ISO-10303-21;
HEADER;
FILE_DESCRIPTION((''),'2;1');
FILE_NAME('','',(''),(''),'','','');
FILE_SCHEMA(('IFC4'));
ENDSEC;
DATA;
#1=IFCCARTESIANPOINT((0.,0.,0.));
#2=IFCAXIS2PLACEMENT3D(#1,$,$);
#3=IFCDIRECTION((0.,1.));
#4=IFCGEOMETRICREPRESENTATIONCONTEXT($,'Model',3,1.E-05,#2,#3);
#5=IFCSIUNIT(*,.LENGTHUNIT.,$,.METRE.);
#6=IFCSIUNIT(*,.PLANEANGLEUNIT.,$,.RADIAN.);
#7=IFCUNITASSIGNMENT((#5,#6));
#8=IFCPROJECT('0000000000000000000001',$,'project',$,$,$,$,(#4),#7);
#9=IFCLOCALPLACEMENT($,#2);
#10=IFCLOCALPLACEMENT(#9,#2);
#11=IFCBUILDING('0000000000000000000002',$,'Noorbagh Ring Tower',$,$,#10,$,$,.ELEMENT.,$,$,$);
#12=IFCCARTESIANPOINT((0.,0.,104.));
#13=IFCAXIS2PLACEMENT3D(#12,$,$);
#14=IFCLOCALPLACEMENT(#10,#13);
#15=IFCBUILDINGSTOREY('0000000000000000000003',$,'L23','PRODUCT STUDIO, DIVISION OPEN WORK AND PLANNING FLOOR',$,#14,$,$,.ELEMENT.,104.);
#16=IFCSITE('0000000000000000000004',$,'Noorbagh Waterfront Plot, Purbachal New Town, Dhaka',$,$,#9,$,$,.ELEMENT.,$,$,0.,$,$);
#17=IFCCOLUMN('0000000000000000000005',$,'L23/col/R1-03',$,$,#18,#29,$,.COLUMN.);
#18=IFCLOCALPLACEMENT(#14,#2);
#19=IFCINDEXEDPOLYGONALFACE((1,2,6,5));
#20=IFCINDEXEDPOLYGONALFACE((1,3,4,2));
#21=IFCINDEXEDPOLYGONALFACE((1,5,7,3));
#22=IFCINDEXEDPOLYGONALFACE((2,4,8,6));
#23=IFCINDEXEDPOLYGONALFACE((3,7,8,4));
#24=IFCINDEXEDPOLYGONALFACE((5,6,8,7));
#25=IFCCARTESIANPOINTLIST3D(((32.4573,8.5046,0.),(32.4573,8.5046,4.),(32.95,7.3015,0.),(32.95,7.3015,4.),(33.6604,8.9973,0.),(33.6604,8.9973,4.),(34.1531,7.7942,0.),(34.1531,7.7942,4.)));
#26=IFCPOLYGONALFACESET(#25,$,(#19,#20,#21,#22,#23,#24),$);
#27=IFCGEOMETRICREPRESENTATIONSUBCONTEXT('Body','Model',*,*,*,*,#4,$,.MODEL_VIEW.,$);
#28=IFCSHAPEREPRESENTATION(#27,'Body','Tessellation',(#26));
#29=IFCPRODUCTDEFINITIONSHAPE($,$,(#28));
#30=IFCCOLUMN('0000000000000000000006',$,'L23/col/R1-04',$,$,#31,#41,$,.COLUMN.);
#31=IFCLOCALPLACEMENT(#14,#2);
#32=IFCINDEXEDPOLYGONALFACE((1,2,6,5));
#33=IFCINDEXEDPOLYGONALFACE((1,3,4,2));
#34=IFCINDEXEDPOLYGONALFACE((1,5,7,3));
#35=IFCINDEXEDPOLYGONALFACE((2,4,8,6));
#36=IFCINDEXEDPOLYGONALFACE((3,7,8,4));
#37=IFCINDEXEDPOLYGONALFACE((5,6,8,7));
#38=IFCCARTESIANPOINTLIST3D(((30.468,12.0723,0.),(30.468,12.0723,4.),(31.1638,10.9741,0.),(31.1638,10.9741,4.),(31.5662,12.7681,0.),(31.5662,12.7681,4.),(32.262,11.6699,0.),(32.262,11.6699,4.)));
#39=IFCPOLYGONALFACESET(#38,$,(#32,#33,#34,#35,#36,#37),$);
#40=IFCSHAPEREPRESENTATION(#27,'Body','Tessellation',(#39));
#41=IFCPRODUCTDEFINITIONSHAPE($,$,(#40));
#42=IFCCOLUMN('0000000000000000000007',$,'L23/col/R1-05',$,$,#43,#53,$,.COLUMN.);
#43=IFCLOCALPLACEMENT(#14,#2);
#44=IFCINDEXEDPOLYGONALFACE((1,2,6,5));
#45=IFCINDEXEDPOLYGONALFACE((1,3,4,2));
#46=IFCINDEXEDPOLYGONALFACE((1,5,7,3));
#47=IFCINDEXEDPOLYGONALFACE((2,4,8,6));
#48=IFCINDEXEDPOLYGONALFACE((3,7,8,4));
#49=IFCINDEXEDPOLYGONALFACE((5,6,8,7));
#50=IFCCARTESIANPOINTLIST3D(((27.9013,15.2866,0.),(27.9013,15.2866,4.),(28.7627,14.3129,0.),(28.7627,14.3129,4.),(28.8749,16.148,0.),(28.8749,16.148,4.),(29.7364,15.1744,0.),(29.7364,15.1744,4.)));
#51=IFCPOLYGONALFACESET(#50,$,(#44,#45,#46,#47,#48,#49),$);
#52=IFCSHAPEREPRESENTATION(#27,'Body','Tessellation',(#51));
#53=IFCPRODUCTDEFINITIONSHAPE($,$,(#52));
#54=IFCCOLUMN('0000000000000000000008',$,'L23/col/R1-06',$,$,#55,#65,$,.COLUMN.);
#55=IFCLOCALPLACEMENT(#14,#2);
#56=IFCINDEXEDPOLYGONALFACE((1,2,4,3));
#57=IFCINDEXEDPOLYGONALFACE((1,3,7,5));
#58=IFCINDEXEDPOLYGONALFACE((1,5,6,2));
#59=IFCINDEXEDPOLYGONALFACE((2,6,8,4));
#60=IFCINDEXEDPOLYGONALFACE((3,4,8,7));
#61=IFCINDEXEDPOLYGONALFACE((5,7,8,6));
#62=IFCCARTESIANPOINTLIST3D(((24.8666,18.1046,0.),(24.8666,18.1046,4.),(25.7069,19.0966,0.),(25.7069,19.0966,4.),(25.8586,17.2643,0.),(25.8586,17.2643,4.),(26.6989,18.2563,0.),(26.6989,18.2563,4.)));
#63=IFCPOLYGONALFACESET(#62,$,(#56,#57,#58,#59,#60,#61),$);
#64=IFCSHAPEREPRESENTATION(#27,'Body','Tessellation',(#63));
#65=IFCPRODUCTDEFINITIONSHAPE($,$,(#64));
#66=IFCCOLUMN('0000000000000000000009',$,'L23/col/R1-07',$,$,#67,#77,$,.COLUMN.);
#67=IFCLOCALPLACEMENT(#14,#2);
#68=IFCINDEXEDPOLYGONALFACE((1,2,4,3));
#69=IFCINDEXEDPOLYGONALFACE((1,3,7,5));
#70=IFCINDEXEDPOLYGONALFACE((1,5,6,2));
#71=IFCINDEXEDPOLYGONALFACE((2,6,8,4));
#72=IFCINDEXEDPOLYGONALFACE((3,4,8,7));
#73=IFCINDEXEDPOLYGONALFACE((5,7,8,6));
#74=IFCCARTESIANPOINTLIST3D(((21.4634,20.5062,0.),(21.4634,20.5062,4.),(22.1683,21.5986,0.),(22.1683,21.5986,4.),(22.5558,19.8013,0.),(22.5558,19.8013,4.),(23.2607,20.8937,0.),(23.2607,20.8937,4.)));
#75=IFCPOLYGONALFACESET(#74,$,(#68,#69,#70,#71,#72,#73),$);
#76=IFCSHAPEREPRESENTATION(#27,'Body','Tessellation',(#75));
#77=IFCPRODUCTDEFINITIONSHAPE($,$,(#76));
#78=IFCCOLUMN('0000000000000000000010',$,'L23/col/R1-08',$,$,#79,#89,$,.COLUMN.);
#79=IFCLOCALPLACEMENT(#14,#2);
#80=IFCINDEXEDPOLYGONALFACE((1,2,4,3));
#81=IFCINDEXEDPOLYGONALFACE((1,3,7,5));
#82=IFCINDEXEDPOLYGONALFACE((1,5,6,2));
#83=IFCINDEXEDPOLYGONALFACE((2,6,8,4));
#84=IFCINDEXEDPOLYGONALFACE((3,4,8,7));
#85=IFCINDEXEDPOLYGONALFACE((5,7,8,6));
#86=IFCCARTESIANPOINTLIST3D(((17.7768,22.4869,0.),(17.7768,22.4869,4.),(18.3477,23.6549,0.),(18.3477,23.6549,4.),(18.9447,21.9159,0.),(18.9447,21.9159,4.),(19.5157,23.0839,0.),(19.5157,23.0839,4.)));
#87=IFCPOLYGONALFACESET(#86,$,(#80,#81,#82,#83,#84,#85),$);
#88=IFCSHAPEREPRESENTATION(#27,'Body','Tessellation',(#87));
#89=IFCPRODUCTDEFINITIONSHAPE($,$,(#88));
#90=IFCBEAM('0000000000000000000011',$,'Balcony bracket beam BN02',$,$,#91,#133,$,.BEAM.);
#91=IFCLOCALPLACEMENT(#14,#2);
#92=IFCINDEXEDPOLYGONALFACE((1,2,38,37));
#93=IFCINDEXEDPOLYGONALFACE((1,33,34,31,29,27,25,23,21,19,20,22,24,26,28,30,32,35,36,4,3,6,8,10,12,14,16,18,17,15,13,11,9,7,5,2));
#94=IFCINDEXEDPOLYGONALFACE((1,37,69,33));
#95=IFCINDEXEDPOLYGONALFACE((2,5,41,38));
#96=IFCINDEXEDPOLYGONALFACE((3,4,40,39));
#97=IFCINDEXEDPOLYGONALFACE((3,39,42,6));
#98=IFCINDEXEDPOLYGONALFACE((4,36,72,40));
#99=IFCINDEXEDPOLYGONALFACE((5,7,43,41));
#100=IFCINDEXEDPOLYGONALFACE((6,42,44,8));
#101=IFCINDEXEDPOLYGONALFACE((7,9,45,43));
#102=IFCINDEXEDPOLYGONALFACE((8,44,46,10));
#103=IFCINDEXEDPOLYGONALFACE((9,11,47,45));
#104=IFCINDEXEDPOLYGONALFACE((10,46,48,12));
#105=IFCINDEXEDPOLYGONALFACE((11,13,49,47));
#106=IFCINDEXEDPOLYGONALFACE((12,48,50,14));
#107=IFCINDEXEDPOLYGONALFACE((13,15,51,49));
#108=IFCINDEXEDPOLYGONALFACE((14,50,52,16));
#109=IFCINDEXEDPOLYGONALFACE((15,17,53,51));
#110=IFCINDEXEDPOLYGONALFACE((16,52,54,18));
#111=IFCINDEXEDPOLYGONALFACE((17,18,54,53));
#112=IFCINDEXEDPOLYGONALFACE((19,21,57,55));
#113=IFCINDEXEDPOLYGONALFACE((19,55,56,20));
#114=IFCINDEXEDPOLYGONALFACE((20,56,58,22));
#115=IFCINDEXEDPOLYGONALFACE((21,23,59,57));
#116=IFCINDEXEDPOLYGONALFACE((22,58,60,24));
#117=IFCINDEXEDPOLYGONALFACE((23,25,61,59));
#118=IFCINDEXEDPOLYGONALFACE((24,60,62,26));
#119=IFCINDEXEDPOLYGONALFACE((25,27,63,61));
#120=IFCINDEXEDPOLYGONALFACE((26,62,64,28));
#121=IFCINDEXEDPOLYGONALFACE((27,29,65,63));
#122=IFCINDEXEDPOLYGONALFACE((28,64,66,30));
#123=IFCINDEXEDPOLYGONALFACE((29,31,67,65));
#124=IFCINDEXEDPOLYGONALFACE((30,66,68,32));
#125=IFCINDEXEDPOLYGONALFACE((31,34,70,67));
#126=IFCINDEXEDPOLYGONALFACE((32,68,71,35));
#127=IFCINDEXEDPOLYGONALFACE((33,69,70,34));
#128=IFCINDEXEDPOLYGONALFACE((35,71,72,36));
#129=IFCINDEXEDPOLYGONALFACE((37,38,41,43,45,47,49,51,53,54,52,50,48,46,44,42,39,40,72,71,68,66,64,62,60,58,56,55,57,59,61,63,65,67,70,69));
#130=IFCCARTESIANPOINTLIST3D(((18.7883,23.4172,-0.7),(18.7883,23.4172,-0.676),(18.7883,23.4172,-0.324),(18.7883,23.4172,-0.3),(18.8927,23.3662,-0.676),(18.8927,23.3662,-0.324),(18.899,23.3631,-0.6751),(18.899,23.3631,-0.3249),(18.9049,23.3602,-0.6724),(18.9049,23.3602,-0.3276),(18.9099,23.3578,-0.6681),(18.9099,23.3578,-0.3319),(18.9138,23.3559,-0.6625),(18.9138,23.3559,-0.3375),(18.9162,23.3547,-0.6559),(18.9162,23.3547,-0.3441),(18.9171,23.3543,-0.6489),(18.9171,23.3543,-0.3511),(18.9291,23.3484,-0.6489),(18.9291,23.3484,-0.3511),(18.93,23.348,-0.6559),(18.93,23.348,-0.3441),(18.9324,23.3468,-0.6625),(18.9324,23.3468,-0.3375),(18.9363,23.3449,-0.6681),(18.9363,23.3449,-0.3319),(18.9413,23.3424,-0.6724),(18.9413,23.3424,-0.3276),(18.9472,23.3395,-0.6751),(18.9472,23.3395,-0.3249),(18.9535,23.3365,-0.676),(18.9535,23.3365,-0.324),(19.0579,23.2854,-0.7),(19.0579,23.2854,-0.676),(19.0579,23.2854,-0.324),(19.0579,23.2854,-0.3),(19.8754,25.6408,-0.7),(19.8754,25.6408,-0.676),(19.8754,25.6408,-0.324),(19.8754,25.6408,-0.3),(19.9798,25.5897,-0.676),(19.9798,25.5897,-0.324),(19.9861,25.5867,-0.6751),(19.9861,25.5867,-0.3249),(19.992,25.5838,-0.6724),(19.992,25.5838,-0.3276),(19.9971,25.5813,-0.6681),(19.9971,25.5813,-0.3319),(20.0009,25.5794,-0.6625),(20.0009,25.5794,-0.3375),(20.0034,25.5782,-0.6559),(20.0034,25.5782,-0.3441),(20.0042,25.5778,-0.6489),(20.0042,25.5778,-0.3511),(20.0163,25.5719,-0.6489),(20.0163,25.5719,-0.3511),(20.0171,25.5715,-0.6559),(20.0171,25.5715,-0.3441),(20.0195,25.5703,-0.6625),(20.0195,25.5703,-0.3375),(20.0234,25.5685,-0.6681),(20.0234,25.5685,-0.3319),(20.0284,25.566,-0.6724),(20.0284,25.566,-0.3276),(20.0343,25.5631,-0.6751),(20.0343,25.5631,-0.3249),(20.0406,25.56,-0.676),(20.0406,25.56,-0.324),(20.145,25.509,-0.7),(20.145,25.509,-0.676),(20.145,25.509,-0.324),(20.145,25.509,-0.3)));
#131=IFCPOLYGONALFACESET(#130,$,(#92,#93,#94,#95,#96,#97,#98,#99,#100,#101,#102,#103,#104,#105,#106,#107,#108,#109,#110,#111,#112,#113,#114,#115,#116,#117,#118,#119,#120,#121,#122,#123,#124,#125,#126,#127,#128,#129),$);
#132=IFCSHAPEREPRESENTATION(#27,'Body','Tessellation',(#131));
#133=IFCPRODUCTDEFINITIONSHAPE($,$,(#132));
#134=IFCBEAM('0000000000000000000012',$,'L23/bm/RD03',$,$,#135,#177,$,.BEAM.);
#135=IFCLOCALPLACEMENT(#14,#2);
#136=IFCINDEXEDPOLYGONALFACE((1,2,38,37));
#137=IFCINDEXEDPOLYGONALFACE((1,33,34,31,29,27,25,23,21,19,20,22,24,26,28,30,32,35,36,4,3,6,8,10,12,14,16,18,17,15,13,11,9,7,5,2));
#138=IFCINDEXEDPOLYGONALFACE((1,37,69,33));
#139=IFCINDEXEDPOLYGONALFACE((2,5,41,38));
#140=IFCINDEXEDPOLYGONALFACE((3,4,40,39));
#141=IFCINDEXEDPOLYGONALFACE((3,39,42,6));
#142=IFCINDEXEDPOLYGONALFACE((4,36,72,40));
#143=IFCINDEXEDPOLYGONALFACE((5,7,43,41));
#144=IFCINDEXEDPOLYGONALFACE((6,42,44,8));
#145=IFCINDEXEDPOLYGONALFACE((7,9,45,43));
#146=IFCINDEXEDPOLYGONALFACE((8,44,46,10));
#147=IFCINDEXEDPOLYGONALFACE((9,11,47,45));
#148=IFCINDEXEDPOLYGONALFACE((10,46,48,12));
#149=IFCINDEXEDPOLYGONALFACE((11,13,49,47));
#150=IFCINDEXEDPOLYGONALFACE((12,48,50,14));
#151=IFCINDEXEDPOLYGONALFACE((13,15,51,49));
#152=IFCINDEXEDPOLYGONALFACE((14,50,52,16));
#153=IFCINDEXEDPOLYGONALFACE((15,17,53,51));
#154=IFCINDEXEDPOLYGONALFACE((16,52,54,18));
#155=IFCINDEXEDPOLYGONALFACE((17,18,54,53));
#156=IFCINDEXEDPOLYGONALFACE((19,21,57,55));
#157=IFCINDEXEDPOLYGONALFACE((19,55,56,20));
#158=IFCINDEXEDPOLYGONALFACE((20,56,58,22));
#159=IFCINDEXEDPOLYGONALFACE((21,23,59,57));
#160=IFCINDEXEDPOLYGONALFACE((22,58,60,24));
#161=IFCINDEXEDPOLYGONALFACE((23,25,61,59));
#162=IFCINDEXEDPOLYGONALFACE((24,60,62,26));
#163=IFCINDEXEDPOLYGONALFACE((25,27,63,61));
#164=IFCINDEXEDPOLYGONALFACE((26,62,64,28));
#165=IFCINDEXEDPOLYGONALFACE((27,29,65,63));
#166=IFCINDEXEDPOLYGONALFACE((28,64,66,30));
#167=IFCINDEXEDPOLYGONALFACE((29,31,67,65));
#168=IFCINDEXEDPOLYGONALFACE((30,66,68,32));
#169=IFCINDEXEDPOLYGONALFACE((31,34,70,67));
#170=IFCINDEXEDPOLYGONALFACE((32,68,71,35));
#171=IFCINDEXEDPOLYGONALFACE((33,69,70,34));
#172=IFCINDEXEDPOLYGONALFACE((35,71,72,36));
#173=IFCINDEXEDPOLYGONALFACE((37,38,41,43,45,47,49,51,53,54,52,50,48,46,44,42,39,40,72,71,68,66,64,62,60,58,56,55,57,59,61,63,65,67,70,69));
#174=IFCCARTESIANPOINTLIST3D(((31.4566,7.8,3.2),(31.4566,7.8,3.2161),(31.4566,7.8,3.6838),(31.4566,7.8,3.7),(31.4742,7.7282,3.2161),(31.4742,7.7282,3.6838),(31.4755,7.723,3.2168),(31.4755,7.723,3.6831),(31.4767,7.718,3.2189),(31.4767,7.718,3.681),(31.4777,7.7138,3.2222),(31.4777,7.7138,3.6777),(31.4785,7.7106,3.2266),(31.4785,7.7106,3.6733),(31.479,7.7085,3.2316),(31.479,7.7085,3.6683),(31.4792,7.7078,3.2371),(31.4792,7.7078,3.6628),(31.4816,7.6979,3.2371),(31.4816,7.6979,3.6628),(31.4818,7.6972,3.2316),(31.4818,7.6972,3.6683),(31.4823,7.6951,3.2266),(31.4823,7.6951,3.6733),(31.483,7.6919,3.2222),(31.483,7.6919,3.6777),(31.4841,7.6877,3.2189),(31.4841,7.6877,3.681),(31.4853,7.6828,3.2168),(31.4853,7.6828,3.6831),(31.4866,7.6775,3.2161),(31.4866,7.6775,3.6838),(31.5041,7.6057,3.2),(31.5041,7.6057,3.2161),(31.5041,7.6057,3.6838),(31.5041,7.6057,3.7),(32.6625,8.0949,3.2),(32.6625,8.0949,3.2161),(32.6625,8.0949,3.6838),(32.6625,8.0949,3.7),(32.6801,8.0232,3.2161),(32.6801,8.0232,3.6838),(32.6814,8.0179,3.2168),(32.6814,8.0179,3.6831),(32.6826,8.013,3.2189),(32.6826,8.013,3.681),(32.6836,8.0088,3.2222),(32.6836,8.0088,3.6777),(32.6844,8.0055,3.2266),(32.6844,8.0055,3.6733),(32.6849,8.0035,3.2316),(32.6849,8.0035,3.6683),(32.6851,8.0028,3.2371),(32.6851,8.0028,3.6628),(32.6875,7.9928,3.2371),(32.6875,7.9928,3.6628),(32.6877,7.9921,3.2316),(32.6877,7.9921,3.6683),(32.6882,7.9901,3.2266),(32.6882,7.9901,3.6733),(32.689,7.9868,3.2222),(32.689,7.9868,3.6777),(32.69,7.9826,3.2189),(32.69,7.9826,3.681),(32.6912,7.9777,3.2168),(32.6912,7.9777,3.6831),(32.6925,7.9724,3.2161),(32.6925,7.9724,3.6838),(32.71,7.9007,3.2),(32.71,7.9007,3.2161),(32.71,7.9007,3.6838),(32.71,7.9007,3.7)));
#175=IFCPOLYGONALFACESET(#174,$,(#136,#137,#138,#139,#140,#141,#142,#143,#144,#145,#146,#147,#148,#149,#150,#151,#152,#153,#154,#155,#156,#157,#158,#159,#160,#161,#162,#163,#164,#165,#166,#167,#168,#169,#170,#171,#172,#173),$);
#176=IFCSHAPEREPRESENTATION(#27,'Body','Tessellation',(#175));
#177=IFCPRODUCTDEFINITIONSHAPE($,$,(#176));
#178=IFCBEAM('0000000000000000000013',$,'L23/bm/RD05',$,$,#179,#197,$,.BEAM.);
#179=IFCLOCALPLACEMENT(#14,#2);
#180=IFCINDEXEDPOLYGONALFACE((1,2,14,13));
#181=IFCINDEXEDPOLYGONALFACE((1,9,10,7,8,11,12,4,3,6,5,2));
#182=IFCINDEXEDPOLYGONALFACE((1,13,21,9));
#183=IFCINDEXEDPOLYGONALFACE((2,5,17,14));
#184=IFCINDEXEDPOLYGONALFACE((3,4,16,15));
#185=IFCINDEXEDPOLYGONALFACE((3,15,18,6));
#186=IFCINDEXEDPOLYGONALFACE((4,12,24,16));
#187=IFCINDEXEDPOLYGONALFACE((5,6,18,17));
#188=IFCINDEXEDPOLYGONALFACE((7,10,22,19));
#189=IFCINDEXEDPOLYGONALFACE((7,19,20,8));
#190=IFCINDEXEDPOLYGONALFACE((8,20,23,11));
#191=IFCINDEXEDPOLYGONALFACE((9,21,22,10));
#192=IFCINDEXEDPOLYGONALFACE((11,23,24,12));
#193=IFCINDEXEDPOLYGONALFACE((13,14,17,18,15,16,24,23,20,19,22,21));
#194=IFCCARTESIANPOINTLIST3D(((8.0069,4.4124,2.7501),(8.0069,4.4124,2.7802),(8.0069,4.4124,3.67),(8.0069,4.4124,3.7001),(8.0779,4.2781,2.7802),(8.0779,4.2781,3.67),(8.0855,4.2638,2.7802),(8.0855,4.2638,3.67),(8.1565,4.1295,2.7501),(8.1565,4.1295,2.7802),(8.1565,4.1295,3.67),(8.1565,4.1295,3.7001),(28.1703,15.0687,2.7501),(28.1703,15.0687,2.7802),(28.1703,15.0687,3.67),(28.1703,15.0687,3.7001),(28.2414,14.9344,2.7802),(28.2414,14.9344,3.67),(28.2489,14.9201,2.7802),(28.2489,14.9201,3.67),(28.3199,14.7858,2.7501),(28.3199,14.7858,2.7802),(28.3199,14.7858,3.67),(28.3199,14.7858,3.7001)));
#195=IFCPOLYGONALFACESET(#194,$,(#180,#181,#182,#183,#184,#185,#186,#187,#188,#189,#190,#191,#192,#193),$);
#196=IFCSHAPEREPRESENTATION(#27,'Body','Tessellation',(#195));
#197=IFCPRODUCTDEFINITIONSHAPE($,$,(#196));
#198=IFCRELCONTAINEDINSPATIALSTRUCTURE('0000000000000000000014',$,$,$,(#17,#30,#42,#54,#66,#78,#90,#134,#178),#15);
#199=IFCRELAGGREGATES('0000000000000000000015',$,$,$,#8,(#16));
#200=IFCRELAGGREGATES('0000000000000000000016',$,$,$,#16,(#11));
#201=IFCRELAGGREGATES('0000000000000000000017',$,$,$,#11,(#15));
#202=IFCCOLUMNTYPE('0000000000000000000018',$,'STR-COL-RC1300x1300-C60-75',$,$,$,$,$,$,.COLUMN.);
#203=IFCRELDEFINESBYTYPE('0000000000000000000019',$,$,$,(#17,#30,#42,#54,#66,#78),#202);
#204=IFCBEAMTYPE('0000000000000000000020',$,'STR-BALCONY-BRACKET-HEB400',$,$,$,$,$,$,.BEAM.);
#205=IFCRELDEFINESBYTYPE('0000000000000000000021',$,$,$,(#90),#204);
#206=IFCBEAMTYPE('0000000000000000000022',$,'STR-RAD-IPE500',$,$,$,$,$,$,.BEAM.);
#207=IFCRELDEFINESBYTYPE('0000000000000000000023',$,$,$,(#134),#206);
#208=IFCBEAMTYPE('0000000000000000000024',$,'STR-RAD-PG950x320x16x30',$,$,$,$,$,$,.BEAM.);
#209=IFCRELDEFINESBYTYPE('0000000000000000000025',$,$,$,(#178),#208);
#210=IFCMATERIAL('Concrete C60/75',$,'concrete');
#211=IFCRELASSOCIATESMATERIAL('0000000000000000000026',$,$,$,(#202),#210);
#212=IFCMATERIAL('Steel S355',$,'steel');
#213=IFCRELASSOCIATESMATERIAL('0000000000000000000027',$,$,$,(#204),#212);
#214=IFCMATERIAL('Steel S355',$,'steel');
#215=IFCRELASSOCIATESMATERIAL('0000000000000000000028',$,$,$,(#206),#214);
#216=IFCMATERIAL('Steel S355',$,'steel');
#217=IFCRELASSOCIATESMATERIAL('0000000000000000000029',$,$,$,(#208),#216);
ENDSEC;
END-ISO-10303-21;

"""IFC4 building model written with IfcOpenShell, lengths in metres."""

from ifc_helpers import new_model, si_unit, direction, frame, origin, origin_2d, place, context, subcontext, project, spatial, rectangle, i_section, extrude, material, material_profile, profile_set, type_object, element, save


model = new_model("IFC4")

# Units and contexts
model_context = context("Model", 3, precision=1e-05, world=origin(), true_north=direction((0.0, 1.0)))
body_context = subcontext(model_context, "Body", "Model", "MODEL_VIEW")
ifc_project = project(units=[si_unit("LENGTHUNIT", "METRE"), si_unit("PLANEANGLEUNIT", "RADIAN")], contexts=[model_context])

# Site, building, storey
site_placement = place(None, origin())
site = spatial("IfcSite", under=ifc_project, at=site_placement, Name="Noorbagh Waterfront Plot, Purbachal New Town, Dhaka", CompositionType="ELEMENT", RefElevation=0.0)
building_placement = place(site_placement, origin())
building = spatial("IfcBuilding", under=site, at=building_placement, Name="Noorbagh Ring Tower", CompositionType="ELEMENT")
storey_placement = place(building_placement, frame((0.0, 0.0, 104.0)))
storey = spatial("IfcBuildingStorey", under=building, at=storey_placement, Name="L23", Description="PRODUCT STUDIO, DIVISION OPEN WORK AND PLANNING FLOOR", CompositionType="ELEMENT", Elevation=104.0)

# Columns
ifc_material_1 = material(Name="Concrete C60/75", Category="concrete")
ifc_material_profile_1 = material_profile(ifc_material_1, rectangle(XDim=1.3, YDim=1.3, at=origin_2d()), Name="RC1300x1300")
ifc_profile_set_1 = profile_set([ifc_material_profile_1], Name="Concrete C60/75")
column_type = type_object("IfcColumnType", Name="STR-COL-RC1300x1300-C60-75", PredefinedType="COLUMN", material=ifc_profile_set_1)
for number, where, z_axis, x_axis, name in (
    (1, (33.3052, 8.1494, 0.0), (0.0, 0.0, 1.0), (-0.378989, 0.925401, 0.0), "L23/col/R1-03"),
    (2, (31.365, 11.8711, 0.0), (0.0, 0.0, 1.0), (-0.53519, 0.844731, 0.0), "L23/col/R1-04"),
    (3, (28.8188, 15.2305, 0.0), (0.0, 0.0, 1.0), (-0.662636, 0.748942, 0.0), "L23/col/R1-05"),
    (4, (25.7827, 18.1804, 0.0), (0.0, 0.0, 1.0), (-0.763035, 0.646357, 0.0), "L23/col/R1-06"),
    (5, (22.3621, 20.7, 0.0), (0.0, 0.0, 1.0), (-0.840248, 0.542203, 0.0), "L23/col/R1-07"),
    (6, (18.6462, 22.7854, 0.0), (0.0, 0.0, 1.0), (-0.898399, 0.43918, 0.0), "L23/col/R1-08"),
):
    element("IfcColumn", number, at=place(storey_placement, frame(where, z_axis=z_axis, x_axis=x_axis)), inside=storey, type_object=column_type, Name=name, PredefinedType="COLUMN", context=body_context, shape_type="SweptSolid", body=[
        extrude(rectangle(XDim=1.3, YDim=1.3, at=origin_2d()), origin(), (0.0, 0.0, 1.0), 4.0),
    ])

# Beams
ifc_material_2 = material(Name="Steel S355", Category="steel")
ifc_material_profile_2 = material_profile(ifc_material_2, i_section(OverallWidth=0.3, OverallDepth=0.3999, WebThickness=0.0134, FlangeThickness=0.0239, FilletRadius=0.0271, at=origin_2d()), Name="HEB400")
ifc_profile_set_2 = profile_set([ifc_material_profile_2], Name="Steel S355")
beam_type_1 = type_object("IfcBeamType", Name="STR-BALCONY-BRACKET-HEB400", PredefinedType="BEAM", material=ifc_profile_set_2)
beam_1_placement = place(storey_placement, frame((18.9231, 23.3513, -0.5), z_axis=(0.439226, 0.898377, 0.0), x_axis=(-0.898377, 0.439226, 0.0)))
element("IfcBeam", 7, at=beam_1_placement, inside=storey, type_object=beam_type_1, Name="Balcony bracket beam BN02", PredefinedType="BEAM", context=body_context, shape_type="SweptSolid", body=[
    extrude(i_section(OverallWidth=0.3, OverallDepth=0.3999, WebThickness=0.0134, FlangeThickness=0.0239, FilletRadius=0.0271, at=origin_2d()), origin(), (0.0, 0.0, 1.0), 2.4751),
])
ifc_material_3 = material(Name="Steel S355", Category="steel")
ifc_material_profile_3 = material_profile(ifc_material_3, i_section(OverallWidth=0.2, OverallDepth=0.5, WebThickness=0.0103, FlangeThickness=0.0161, FilletRadius=0.021, at=origin_2d()), Name="IPE500")
ifc_profile_set_3 = profile_set([ifc_material_profile_3], Name="Steel S355")
beam_type_2 = type_object("IfcBeamType", Name="STR-RAD-IPE500", PredefinedType="BEAM", material=ifc_profile_set_3)
beam_2_placement = place(storey_placement, frame((32.6863, 7.9978, 3.45), z_axis=(-0.971368, -0.237581, 0.0), x_axis=(0.237581, -0.971368, 0.0)))
element("IfcBeam", 8, at=beam_2_placement, inside=storey, type_object=beam_type_2, Name="L23/bm/RD03", PredefinedType="BEAM", context=body_context, shape_type="SweptSolid", body=[
    extrude(i_section(OverallWidth=0.2, OverallDepth=0.5, WebThickness=0.0103, FlangeThickness=0.0161, FilletRadius=0.021, at=origin_2d()), origin(), (0.0, 0.0, 1.0), 1.2415),
])
ifc_material_4 = material(Name="Steel S355", Category="steel")
ifc_material_profile_4 = material_profile(ifc_material_4, i_section(OverallWidth=0.3201, OverallDepth=0.95, WebThickness=0.0161, FlangeThickness=0.03, at=origin_2d()), Name="PG950x320x16x30")
ifc_profile_set_4 = profile_set([ifc_material_profile_4], Name="Steel S355")
beam_type_3 = type_object("IfcBeamType", Name="STR-RAD-PG950x320x16x30", PredefinedType="BEAM", material=ifc_profile_set_4)
beam_3_placement = place(storey_placement, frame((28.2451, 14.9272, 3.2251), z_axis=(-0.884122, -0.467256, 0.0), x_axis=(0.467256, -0.884122, 0.0)))
element("IfcBeam", 9, at=beam_3_placement, inside=storey, type_object=beam_type_3, Name="L23/bm/RD05", PredefinedType="BEAM", context=body_context, shape_type="SweptSolid", body=[
    extrude(i_section(OverallWidth=0.3201, OverallDepth=0.95, WebThickness=0.0161, FlangeThickness=0.03, at=origin_2d()), origin(), (0.0, 0.0, 1.0), 22.8062),
])

save(model, "model.ifc")
